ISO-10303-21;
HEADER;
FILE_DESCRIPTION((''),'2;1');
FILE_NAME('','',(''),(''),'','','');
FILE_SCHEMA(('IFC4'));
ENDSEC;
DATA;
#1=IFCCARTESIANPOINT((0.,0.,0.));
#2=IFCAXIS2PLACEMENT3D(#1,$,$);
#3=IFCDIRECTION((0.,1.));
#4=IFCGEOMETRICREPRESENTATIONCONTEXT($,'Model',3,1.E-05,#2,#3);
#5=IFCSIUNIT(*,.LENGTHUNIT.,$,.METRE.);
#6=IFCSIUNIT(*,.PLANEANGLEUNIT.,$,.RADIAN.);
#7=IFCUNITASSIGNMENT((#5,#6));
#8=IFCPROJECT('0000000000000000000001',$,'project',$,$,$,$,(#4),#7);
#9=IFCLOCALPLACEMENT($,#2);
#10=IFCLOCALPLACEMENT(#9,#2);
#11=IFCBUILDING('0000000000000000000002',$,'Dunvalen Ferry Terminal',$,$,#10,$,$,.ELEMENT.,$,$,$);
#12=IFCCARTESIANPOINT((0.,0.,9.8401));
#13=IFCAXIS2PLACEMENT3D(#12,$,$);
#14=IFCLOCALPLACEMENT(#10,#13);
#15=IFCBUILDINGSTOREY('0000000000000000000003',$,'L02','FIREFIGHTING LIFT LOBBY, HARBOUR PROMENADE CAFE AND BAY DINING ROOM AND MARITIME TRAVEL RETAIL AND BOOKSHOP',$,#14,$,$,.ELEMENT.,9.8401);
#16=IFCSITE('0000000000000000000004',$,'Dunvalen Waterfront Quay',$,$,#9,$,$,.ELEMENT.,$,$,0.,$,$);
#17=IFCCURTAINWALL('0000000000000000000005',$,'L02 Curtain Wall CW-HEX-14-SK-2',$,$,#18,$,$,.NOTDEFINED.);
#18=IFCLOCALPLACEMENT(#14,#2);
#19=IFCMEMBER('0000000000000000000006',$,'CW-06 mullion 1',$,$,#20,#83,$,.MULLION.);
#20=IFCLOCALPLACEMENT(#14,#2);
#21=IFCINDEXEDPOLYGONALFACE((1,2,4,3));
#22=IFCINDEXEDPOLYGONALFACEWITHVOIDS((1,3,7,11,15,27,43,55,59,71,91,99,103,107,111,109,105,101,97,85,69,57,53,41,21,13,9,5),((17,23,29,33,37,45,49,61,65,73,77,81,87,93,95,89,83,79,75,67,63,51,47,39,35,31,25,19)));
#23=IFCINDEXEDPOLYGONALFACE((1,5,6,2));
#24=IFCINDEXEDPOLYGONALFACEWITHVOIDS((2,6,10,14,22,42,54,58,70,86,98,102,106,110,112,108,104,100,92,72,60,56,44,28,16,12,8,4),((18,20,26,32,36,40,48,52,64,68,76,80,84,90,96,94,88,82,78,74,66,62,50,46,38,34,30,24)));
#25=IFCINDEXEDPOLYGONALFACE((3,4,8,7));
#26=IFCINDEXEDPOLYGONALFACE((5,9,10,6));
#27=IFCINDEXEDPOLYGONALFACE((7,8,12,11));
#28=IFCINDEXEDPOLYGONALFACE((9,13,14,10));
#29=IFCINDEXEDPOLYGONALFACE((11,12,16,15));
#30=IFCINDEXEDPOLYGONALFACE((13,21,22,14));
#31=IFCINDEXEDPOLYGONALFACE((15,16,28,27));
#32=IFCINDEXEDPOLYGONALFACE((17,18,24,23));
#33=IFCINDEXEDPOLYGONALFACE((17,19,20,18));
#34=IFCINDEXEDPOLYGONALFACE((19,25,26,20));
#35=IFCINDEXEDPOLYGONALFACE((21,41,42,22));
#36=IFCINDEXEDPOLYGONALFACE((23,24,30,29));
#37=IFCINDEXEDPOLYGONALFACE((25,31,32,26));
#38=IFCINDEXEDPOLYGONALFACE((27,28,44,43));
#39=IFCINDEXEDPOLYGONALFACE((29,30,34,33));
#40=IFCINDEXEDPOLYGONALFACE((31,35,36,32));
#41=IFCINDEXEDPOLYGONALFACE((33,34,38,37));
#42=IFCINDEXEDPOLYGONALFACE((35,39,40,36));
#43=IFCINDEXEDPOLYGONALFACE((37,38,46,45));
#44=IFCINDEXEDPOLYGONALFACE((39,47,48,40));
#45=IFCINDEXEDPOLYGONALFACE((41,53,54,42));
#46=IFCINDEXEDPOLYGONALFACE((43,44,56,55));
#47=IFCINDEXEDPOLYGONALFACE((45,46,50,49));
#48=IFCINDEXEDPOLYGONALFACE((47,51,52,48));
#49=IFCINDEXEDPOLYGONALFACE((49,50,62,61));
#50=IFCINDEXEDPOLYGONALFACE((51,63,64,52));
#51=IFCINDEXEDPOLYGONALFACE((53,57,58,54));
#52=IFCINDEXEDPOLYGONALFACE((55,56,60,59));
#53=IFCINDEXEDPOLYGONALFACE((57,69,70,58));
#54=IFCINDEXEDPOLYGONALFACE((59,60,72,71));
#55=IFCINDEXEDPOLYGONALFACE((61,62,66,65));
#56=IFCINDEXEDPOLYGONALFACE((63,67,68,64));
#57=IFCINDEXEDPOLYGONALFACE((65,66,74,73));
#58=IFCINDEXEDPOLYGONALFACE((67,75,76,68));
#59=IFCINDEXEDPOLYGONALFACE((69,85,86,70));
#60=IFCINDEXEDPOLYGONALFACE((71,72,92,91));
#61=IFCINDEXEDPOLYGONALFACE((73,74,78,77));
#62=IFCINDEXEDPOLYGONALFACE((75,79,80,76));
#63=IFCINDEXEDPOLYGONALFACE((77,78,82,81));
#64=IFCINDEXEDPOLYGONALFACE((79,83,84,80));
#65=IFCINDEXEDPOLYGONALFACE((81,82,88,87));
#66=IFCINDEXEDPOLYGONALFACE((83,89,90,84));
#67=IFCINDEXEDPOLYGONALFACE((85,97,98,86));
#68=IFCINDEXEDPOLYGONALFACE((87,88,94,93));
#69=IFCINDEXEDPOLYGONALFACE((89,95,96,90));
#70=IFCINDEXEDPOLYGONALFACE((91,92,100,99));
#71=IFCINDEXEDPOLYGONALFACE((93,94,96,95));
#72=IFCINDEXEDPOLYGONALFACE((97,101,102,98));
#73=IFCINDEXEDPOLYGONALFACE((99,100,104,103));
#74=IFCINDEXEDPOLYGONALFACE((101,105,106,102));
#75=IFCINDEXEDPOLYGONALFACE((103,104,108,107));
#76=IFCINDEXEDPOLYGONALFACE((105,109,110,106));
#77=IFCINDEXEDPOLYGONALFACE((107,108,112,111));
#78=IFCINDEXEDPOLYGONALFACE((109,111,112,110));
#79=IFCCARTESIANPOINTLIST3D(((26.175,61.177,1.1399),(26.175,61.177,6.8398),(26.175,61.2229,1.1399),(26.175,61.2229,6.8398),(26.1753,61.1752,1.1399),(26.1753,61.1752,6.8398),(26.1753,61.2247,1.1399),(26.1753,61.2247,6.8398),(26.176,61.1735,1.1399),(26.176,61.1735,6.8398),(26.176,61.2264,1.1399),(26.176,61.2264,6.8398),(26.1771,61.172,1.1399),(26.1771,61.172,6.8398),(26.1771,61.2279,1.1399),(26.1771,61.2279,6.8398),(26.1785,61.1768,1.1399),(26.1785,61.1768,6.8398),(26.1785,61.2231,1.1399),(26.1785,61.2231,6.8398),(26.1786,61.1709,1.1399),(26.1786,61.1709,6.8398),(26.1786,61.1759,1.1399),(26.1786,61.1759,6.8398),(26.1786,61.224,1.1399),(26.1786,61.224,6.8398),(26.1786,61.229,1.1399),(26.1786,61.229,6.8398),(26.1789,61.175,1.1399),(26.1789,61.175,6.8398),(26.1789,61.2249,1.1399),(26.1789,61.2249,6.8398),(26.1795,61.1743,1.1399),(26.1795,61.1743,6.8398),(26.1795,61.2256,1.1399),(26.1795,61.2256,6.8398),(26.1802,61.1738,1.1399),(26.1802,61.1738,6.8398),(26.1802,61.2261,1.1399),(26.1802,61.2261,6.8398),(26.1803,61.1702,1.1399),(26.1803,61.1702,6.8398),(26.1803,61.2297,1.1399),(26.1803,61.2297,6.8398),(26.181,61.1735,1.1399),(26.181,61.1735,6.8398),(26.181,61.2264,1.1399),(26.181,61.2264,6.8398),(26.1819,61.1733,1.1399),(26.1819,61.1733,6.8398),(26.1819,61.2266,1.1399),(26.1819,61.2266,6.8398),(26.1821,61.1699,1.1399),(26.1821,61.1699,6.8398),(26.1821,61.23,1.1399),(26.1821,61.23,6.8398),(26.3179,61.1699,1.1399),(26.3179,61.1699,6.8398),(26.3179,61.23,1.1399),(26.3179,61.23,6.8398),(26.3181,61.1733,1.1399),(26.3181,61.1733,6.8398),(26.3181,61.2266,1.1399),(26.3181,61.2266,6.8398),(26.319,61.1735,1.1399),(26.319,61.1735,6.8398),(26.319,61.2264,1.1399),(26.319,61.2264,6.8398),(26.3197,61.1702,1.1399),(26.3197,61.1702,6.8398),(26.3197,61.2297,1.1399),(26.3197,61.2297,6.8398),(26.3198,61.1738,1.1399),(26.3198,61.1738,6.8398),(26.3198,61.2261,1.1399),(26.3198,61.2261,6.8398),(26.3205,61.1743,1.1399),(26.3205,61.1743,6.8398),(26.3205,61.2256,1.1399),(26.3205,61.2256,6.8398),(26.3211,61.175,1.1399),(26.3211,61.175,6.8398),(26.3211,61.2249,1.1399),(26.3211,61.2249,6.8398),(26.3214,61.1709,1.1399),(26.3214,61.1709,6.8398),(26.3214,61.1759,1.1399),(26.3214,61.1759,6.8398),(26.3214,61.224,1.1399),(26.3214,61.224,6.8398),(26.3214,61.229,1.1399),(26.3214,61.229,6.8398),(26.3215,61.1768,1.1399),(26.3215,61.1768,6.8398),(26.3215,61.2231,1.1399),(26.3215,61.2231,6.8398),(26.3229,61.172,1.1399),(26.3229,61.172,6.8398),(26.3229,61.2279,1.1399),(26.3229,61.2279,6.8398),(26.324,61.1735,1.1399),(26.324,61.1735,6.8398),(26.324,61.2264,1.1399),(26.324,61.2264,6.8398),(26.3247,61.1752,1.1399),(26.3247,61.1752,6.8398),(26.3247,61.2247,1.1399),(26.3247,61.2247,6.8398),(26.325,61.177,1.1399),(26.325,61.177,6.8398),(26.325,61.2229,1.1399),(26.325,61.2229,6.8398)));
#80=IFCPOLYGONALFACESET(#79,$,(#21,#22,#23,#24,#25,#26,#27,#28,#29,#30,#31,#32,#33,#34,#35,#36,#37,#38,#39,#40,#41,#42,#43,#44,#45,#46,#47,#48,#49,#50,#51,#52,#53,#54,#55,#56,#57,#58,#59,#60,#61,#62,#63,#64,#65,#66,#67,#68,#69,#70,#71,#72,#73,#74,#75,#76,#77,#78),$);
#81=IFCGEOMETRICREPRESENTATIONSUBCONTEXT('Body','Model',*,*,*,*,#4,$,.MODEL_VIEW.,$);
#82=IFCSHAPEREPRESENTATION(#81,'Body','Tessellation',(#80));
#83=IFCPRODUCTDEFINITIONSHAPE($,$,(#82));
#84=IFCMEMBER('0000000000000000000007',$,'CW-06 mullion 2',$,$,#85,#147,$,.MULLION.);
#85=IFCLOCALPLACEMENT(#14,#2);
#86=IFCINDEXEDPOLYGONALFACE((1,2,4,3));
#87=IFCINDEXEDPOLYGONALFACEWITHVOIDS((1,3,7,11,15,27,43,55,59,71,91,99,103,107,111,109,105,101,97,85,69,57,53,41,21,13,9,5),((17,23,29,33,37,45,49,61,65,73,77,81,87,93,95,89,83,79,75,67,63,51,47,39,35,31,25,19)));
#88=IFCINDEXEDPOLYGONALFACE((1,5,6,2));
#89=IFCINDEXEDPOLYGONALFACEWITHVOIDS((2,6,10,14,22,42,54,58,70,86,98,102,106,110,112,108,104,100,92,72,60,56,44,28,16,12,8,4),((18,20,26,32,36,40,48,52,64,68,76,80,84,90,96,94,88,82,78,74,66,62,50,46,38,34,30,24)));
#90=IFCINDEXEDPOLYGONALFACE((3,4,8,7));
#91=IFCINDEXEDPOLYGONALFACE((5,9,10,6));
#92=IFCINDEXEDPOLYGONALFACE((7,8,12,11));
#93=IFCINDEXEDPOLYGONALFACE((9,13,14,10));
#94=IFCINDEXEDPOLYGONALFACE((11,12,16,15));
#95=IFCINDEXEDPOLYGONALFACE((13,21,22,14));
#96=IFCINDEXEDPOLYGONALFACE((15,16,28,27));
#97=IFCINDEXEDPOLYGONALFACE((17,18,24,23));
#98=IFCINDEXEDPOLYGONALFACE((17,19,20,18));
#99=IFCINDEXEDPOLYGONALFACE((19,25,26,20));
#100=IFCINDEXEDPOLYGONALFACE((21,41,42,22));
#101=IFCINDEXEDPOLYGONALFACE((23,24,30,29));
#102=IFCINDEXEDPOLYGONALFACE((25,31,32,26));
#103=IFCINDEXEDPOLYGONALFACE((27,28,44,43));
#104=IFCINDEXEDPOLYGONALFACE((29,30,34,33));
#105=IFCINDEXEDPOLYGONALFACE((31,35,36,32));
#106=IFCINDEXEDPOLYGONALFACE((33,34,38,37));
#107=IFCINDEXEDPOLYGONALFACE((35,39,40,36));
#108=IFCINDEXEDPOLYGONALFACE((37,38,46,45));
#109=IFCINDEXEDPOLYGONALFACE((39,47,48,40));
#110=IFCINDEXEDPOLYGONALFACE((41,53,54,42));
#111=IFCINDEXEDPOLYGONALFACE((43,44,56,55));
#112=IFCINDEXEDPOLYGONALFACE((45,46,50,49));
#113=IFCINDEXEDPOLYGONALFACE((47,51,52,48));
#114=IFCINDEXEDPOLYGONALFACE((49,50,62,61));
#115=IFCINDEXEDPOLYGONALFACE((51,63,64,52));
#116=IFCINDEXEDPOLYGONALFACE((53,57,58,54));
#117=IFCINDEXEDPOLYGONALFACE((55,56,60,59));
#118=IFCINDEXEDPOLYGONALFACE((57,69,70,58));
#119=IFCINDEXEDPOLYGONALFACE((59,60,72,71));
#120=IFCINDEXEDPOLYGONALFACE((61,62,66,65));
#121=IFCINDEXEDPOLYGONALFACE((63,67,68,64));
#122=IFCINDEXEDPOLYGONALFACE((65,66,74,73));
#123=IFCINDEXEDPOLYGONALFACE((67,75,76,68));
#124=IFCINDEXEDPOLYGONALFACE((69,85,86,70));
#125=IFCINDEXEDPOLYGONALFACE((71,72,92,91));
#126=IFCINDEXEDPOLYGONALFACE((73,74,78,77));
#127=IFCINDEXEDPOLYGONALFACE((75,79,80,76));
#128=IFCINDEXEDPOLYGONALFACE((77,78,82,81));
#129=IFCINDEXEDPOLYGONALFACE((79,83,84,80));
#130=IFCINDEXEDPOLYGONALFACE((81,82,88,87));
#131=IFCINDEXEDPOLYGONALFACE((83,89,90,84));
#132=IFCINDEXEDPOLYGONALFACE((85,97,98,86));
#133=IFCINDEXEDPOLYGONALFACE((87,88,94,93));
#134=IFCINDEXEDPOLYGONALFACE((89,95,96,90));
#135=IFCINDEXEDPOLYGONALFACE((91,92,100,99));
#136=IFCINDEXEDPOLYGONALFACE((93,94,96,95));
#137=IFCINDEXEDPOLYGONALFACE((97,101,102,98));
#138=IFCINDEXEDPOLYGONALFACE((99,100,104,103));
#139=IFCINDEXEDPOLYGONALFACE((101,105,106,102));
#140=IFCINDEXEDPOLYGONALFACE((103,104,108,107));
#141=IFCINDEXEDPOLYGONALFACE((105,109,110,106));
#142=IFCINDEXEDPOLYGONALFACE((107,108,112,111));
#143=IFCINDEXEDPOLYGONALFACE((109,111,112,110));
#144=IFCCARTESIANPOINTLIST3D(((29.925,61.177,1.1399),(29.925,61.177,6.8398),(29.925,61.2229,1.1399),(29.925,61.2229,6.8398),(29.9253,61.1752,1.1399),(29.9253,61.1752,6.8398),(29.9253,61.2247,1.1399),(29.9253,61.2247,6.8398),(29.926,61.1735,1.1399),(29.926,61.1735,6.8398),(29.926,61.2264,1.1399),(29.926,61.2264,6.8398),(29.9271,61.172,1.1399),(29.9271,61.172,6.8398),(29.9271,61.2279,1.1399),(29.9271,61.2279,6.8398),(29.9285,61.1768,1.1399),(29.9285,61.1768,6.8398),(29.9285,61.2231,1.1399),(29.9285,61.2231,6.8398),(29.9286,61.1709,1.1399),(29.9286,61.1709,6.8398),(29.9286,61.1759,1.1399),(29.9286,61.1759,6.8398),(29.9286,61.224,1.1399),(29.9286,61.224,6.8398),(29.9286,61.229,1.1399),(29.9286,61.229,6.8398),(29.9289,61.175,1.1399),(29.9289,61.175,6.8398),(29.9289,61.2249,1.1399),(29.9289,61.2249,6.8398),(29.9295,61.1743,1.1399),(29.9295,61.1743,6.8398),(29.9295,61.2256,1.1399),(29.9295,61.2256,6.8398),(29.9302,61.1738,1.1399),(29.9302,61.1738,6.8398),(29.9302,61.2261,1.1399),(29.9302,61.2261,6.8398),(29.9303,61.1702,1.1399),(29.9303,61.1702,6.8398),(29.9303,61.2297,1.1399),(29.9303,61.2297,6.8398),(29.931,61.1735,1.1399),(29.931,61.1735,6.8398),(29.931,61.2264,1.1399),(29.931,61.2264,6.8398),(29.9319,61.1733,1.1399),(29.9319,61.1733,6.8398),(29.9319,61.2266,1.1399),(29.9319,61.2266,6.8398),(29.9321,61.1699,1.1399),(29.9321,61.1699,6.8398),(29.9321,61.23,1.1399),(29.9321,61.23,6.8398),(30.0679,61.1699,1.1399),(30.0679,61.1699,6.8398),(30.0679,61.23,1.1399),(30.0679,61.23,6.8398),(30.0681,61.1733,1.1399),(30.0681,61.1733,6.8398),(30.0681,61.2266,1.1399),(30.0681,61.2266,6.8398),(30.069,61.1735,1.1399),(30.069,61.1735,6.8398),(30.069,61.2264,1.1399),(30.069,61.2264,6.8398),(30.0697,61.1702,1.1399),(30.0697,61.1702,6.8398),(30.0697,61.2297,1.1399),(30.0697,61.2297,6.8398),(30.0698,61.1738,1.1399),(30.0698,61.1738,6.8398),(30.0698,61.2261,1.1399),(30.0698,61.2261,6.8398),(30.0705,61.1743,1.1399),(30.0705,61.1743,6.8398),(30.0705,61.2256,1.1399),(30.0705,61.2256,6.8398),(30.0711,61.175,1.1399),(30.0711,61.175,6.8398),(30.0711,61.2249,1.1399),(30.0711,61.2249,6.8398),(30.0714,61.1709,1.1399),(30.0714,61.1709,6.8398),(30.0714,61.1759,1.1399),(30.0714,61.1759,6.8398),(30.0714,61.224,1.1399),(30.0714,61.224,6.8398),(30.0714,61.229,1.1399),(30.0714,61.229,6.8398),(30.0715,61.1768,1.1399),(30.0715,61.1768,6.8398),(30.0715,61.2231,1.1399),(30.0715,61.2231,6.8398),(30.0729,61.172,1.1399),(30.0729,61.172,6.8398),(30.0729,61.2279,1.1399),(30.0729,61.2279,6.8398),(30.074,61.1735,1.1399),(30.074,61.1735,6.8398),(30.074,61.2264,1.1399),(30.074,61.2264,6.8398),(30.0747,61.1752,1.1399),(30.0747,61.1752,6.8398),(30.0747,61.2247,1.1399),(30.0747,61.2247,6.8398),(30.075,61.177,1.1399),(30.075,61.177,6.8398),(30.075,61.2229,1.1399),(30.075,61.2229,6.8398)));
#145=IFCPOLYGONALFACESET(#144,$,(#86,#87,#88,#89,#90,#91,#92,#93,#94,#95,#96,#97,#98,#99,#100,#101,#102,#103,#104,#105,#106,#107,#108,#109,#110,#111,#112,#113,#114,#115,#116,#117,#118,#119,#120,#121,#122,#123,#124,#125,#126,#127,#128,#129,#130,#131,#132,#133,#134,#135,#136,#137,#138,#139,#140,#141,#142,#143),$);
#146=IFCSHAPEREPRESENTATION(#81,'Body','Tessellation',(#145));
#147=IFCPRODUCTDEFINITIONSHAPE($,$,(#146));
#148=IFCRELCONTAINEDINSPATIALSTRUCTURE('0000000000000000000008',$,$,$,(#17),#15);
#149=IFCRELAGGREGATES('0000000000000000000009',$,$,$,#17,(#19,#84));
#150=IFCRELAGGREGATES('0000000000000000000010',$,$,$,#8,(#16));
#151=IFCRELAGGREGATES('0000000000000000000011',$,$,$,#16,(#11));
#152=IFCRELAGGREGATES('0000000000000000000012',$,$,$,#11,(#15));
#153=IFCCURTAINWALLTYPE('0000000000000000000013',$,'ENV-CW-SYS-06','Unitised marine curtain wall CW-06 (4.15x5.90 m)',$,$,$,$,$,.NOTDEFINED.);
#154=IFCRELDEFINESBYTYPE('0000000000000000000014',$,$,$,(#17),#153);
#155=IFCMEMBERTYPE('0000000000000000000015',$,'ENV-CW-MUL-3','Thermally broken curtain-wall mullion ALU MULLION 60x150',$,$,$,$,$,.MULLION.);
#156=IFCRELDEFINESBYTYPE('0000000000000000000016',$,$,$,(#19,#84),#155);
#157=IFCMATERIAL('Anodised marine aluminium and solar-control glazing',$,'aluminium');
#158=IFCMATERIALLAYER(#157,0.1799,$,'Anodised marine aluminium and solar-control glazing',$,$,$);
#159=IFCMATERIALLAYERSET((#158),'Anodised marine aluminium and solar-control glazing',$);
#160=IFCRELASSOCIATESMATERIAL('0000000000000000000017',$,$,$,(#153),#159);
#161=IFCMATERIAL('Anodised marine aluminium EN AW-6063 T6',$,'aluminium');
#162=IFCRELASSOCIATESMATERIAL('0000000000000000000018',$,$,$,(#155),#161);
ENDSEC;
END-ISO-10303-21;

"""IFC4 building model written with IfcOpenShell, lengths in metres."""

from ifc_helpers import new_model, si_unit, direction, frame, origin, origin_2d, place, context, subcontext, project, spatial, hollow_rectangle, extrude, material, layer, layer_set, material_profile, profile_set, type_object, element, aggregate, save


model = new_model("IFC4")

# Units and contexts
model_context = context("Model", 3, precision=1e-05, world=origin(), true_north=direction((0.0, 1.0)))
body_context = subcontext(model_context, "Body", "Model", "MODEL_VIEW")
ifc_project = project(units=[si_unit("LENGTHUNIT", "METRE"), si_unit("PLANEANGLEUNIT", "RADIAN")], contexts=[model_context])

# Site, building, storey
site_placement = place(None, origin())
site = spatial("IfcSite", under=ifc_project, at=site_placement, Name="Dunvalen Waterfront Quay", CompositionType="ELEMENT", RefElevation=0.0)
building_placement = place(site_placement, origin())
building = spatial("IfcBuilding", under=site, at=building_placement, Name="Dunvalen Ferry Terminal", CompositionType="ELEMENT")
storey_placement = place(building_placement, frame((0.0, 0.0, 9.8401)))
storey = spatial("IfcBuildingStorey", under=building, at=storey_placement, Name="L02", Description="FIREFIGHTING LIFT LOBBY, HARBOUR PROMENADE CAFE AND BAY DINING ROOM AND MARITIME TRAVEL RETAIL AND BOOKSHOP", CompositionType="ELEMENT", Elevation=9.8401)

# Curtain wall, members
ifc_material_1 = material(Name="Anodised marine aluminium and solar-control glazing", Category="aluminium")
ifc_layer_1 = layer(ifc_material_1, 0.1799, Name="Anodised marine aluminium and solar-control glazing")
ifc_layer_set_1 = layer_set([ifc_layer_1], Name="Anodised marine aluminium and solar-control glazing")
curtain_wall_type = type_object("IfcCurtainWallType", Name="ENV-CW-SYS-06", Description="Unitised marine curtain wall CW-06 (4.15x5.90 m)", PredefinedType="NOTDEFINED", material=ifc_layer_set_1)
curtain_wall_placement = place(storey_placement, origin())
curtain_wall = element("IfcCurtainWall", 1, at=curtain_wall_placement, inside=storey, type_object=curtain_wall_type, Name="L02 Curtain Wall CW-HEX-14-SK-2", PredefinedType="NOTDEFINED")
ifc_material_2 = material(Name="Anodised marine aluminium EN AW-6063 T6", Category="aluminium")
ifc_material_profile_1 = material_profile(ifc_material_2, hollow_rectangle(XDim=0.0601, YDim=0.1499, WallThickness=0.0034, InnerFilletRadius=0.0034, OuterFilletRadius=0.0071, at=origin_2d()), Name="Anodised marine aluminium EN AW-6063 T6")
ifc_profile_set_1 = profile_set([ifc_material_profile_1], Name="Anodised marine aluminium EN AW-6063 T6")
member_type_1 = type_object("IfcMemberType", Name="ENV-CW-MUL-3", Description="Thermally broken curtain-wall mullion ALU MULLION 60x150", PredefinedType="MULLION", material=ifc_profile_set_1)
member_1_placement = place(storey_placement, frame((26.25, 61.2, 1.1399), z_axis=(0.0, 0.0, 1.0), x_axis=(0.0, 1.0, 0.0)))
member_1 = element("IfcMember", 2, at=member_1_placement, type_object=member_type_1, Name="CW-06 mullion 1", PredefinedType="MULLION", context=body_context, shape_type="SweptSolid", body=[
    extrude(hollow_rectangle(XDim=0.0601, YDim=0.1499, WallThickness=0.0034, InnerFilletRadius=0.0034, OuterFilletRadius=0.0071, at=origin_2d()), origin(), (0.0, 0.0, 1.0), 5.7),
])
member_2_placement = place(storey_placement, frame((30.0, 61.2, 1.1399), z_axis=(0.0, 0.0, 1.0), x_axis=(0.0, 1.0, 0.0)))
member_2 = element("IfcMember", 3, at=member_2_placement, type_object=member_type_1, Name="CW-06 mullion 2", PredefinedType="MULLION", context=body_context, shape_type="SweptSolid", body=[
    extrude(hollow_rectangle(XDim=0.0601, YDim=0.1499, WallThickness=0.0034, InnerFilletRadius=0.0034, OuterFilletRadius=0.0071, at=origin_2d()), origin(), (0.0, 0.0, 1.0), 5.7),
])

aggregate(curtain_wall, [member_1, member_2])

save(model, "model.ifc")
